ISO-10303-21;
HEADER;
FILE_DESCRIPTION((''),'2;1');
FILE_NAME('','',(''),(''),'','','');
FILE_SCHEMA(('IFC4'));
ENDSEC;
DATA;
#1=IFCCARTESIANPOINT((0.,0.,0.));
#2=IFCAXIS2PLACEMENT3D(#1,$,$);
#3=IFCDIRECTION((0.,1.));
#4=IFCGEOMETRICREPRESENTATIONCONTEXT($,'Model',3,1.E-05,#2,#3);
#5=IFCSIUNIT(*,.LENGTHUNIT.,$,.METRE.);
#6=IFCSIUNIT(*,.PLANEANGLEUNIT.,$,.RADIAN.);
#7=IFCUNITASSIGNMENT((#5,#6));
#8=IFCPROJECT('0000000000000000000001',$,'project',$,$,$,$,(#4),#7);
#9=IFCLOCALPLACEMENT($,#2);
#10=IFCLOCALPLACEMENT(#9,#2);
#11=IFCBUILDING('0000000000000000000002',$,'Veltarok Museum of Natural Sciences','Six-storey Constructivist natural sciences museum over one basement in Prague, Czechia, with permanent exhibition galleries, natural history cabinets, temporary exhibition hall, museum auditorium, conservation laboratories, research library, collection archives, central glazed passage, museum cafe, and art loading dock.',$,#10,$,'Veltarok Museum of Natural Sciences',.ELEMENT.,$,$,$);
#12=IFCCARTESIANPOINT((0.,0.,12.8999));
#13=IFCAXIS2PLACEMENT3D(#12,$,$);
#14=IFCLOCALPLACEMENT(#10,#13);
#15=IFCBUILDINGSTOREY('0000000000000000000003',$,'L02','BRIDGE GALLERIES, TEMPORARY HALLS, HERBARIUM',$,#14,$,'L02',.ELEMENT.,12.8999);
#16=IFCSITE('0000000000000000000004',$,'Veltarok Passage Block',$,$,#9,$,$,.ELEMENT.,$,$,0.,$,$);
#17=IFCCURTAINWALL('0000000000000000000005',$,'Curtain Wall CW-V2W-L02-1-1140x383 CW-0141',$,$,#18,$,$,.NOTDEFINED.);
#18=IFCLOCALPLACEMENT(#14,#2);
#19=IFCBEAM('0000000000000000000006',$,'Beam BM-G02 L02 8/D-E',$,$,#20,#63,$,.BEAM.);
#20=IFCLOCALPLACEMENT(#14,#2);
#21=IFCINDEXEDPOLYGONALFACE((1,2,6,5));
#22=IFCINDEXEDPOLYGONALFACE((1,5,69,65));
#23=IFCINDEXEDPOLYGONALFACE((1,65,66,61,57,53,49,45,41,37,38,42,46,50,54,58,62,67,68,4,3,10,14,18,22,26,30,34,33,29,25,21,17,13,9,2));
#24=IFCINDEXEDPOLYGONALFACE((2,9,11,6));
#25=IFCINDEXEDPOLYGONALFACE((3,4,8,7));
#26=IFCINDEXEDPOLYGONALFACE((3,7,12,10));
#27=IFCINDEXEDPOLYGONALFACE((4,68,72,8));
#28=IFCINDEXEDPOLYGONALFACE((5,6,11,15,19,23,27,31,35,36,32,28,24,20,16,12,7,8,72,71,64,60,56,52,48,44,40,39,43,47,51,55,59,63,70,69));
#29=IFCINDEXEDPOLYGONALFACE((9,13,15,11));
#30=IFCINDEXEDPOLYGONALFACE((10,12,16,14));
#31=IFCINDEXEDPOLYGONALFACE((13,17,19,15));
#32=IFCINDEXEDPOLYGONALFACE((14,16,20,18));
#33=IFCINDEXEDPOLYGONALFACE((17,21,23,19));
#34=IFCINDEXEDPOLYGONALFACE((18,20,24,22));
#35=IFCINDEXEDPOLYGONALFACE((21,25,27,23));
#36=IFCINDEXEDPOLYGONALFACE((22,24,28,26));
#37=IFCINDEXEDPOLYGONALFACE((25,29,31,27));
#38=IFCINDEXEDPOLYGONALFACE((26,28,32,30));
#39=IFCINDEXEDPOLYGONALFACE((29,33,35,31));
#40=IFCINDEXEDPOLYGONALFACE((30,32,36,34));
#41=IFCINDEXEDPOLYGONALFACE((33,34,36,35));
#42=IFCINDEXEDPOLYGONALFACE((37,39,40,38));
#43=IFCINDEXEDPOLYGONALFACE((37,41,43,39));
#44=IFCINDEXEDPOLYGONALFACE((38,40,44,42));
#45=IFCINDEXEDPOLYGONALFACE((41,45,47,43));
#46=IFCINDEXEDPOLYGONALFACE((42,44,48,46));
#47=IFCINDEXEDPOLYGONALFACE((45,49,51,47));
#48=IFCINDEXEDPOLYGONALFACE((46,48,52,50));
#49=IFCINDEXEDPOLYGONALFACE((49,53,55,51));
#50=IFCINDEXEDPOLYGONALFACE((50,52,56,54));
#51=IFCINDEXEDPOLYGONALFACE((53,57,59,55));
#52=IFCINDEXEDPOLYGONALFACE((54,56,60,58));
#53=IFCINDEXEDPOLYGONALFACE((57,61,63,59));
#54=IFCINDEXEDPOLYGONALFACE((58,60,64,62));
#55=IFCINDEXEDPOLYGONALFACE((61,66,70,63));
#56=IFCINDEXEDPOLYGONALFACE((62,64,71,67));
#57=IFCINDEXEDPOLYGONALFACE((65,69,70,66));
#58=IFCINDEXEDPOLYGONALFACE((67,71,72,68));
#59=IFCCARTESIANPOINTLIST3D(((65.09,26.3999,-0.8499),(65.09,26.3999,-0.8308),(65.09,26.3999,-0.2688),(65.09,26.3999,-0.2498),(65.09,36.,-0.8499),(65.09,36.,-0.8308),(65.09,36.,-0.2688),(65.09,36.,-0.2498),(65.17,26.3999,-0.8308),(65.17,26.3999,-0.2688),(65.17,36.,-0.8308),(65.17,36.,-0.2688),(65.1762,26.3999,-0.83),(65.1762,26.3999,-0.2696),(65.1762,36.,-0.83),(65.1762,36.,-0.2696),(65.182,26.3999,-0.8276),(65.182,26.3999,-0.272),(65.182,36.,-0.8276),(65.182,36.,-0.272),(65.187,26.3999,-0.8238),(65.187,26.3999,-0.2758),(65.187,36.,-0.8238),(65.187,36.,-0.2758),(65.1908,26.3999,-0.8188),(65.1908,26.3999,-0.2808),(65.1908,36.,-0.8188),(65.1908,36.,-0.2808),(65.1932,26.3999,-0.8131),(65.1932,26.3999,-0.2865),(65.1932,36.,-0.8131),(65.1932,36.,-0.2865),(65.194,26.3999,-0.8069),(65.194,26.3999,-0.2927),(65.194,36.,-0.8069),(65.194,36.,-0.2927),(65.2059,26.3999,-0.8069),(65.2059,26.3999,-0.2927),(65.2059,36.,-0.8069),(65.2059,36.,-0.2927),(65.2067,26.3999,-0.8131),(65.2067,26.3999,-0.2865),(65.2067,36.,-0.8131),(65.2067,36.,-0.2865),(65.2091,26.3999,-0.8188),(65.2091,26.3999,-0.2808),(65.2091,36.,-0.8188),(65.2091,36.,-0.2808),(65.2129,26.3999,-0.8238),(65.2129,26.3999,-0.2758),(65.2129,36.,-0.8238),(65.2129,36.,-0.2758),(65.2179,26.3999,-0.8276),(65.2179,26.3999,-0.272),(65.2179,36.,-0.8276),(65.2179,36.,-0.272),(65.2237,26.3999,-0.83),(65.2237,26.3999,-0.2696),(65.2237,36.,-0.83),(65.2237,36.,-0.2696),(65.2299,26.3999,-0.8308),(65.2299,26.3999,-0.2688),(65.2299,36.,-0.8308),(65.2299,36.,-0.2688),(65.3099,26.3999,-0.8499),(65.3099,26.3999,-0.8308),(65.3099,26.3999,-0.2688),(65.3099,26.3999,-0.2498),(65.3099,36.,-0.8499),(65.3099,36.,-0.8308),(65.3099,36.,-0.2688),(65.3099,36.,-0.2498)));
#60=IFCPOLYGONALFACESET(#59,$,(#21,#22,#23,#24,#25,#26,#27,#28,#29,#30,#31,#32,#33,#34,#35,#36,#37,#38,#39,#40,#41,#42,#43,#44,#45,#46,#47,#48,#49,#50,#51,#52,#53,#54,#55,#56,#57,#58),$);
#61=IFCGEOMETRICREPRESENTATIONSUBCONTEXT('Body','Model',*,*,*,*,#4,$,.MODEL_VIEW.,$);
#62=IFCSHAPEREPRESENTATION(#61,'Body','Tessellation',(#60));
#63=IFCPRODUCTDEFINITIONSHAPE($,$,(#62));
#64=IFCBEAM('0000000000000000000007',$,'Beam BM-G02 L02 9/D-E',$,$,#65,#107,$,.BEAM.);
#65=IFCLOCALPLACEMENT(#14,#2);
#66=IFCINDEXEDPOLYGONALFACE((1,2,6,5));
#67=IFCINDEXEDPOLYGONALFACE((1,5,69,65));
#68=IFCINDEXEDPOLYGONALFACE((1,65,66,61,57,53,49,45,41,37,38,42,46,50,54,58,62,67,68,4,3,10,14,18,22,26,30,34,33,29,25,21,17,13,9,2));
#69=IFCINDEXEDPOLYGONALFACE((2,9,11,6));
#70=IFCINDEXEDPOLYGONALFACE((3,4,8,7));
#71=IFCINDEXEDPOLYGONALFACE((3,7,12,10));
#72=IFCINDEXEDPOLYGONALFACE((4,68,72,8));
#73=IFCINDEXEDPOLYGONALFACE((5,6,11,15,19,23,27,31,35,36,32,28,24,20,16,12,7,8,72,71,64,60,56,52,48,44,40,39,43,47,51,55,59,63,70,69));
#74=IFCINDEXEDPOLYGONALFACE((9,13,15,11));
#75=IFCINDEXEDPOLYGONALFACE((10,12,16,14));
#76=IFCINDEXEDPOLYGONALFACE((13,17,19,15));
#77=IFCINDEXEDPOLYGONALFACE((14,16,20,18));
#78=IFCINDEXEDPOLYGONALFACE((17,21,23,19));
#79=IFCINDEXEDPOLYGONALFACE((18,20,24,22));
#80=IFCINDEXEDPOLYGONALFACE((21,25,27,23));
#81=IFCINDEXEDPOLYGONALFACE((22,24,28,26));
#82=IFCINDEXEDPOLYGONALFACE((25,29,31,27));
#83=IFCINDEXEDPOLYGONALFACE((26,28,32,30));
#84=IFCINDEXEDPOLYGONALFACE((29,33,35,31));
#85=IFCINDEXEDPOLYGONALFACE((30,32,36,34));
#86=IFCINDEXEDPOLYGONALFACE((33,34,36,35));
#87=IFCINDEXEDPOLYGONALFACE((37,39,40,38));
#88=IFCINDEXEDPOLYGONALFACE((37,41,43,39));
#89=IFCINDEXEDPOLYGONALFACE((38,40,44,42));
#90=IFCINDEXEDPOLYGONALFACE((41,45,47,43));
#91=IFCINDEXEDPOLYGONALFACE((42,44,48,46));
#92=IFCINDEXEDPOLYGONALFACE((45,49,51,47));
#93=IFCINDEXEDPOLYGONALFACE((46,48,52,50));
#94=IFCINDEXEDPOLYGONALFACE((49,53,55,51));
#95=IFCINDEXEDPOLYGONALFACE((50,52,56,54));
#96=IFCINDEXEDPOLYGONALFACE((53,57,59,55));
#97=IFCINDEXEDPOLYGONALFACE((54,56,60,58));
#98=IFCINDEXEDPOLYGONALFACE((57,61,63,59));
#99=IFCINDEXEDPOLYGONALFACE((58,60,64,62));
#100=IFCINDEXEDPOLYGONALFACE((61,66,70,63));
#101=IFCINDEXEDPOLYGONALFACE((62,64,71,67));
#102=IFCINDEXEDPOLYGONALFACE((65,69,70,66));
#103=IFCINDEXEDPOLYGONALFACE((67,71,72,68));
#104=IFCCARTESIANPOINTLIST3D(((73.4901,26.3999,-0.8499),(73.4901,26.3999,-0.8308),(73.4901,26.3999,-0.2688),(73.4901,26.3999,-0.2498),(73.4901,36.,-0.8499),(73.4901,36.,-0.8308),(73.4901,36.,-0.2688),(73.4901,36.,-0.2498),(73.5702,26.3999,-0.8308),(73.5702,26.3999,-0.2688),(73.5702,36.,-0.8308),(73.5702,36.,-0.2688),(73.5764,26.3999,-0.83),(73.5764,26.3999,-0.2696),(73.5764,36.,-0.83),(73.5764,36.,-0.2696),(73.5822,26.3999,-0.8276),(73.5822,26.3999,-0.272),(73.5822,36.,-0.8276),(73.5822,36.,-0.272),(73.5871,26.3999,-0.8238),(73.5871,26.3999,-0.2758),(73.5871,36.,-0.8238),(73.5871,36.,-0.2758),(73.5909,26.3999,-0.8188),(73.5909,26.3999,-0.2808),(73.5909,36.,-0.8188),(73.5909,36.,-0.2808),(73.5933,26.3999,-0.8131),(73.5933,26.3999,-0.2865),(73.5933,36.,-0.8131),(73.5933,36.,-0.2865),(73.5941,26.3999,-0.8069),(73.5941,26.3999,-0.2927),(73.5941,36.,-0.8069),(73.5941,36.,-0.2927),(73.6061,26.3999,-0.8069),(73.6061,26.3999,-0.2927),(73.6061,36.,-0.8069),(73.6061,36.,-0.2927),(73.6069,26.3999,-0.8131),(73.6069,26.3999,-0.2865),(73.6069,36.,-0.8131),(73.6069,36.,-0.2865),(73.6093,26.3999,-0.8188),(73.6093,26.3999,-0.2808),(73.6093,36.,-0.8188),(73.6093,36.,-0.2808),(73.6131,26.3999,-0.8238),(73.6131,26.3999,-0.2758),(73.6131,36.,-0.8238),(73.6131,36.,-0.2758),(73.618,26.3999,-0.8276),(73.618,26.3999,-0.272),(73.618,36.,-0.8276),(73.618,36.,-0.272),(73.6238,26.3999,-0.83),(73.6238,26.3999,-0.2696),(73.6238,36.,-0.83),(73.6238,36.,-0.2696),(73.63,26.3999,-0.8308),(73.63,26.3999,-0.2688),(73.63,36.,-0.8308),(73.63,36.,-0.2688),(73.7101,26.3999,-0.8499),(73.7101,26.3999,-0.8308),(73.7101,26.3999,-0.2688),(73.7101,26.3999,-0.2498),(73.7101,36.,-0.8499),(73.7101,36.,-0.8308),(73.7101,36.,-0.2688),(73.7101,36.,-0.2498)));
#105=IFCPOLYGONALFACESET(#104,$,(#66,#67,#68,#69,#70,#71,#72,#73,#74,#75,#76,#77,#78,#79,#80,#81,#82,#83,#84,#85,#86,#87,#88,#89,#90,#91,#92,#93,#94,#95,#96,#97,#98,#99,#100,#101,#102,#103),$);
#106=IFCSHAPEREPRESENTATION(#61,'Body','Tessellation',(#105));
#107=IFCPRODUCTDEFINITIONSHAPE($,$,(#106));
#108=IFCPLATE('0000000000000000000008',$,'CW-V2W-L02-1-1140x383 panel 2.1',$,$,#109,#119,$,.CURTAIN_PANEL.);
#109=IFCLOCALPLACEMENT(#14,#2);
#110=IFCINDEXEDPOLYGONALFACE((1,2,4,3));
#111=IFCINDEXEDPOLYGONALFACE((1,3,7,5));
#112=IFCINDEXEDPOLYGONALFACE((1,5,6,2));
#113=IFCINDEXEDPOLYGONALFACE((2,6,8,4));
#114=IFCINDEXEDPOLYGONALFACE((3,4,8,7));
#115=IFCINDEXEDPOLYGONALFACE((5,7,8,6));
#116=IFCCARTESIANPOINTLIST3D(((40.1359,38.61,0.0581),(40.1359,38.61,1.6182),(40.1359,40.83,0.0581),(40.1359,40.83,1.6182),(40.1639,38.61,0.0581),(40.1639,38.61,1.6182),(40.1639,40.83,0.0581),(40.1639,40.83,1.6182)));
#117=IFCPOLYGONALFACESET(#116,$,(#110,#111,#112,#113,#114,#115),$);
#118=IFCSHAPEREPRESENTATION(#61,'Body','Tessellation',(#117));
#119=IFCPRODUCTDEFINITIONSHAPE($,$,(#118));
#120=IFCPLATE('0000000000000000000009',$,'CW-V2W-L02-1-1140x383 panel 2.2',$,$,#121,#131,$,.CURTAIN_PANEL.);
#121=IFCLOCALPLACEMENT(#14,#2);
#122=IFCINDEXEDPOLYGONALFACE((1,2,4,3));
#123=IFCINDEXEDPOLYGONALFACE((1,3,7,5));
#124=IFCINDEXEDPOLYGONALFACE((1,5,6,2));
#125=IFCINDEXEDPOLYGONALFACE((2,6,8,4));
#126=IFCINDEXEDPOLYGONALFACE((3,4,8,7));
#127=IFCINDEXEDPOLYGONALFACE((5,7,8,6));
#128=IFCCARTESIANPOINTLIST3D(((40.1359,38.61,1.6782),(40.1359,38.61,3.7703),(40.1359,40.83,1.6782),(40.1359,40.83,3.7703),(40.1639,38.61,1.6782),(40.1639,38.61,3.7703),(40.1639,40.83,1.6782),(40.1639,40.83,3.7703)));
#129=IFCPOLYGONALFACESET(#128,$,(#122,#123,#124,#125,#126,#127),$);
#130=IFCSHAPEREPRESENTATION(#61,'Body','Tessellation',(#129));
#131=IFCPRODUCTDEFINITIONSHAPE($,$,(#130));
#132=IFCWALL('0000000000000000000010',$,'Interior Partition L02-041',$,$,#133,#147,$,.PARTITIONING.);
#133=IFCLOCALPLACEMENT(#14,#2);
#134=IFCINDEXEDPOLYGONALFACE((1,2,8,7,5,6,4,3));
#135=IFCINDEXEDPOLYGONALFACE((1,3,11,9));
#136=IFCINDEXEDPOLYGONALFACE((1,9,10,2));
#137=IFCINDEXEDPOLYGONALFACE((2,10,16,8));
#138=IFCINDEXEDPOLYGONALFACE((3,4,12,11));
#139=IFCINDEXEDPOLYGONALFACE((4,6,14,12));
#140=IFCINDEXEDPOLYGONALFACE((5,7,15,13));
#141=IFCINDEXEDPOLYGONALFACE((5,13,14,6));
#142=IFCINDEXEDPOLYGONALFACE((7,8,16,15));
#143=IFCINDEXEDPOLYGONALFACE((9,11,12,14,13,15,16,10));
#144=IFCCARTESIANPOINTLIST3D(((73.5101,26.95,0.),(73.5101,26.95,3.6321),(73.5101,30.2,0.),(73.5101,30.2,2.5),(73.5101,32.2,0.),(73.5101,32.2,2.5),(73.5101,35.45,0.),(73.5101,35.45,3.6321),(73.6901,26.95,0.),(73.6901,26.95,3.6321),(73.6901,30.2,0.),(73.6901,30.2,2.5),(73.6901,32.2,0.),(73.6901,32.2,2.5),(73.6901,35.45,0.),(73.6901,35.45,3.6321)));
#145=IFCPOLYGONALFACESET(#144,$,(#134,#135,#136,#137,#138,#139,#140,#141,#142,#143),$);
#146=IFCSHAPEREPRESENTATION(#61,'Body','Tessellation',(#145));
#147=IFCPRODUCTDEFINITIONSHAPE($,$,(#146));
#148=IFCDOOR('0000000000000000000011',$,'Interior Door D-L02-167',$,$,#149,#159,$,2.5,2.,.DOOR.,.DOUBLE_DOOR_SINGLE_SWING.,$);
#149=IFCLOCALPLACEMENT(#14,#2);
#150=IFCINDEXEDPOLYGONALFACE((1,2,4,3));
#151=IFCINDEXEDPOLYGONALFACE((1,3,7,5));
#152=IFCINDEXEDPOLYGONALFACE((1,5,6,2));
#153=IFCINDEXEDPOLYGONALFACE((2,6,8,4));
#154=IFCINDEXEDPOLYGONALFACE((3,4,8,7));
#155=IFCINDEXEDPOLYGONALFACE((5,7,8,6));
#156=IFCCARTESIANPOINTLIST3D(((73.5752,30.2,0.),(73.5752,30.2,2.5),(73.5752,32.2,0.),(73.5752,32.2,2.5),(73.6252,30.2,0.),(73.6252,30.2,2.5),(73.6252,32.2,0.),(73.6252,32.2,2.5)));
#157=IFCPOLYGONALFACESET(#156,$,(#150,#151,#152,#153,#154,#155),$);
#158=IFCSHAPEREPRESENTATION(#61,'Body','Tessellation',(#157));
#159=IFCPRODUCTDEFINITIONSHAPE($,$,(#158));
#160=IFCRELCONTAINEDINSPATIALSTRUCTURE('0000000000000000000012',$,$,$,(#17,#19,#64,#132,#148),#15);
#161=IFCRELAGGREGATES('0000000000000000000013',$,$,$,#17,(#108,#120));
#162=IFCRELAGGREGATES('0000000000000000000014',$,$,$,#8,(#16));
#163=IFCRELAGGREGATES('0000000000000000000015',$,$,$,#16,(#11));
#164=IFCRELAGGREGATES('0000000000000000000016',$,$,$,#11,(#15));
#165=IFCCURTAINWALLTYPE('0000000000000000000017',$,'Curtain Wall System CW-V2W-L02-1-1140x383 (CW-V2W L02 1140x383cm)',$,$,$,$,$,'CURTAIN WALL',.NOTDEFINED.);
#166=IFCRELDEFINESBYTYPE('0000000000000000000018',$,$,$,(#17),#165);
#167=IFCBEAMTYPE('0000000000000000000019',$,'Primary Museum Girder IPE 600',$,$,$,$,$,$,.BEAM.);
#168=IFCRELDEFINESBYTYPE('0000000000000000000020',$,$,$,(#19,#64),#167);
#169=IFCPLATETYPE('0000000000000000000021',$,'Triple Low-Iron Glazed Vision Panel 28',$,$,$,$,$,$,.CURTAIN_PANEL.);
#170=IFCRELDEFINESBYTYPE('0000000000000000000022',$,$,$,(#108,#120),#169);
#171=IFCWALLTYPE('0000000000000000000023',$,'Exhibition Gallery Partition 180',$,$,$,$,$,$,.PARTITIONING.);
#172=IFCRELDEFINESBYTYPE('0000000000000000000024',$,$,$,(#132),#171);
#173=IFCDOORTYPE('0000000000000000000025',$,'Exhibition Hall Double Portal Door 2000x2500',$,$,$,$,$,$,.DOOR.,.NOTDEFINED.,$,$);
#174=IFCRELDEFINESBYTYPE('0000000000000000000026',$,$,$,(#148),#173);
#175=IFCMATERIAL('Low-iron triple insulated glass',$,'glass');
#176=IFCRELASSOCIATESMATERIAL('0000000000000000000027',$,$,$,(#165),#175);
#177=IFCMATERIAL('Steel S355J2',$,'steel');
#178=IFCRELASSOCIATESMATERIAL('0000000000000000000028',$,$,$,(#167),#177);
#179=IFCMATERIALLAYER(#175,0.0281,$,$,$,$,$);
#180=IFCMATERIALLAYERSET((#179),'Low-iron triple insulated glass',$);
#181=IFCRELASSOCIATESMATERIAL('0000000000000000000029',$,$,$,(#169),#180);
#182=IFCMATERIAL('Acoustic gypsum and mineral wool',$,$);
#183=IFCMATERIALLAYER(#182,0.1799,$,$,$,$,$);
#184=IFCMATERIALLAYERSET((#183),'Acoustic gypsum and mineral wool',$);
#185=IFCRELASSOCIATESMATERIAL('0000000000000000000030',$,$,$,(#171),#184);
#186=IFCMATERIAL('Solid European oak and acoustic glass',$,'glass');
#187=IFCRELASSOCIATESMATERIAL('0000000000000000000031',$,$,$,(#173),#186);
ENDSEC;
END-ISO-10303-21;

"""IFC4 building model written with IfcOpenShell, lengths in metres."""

from ifc_helpers import new_model, si_unit, direction, frame, frame_2d, origin, origin_2d, place, context, subcontext, project, spatial, rectangle, i_section, extrude, material, layer, layer_set, material_profile, profile_set, type_object, element, fill, aggregate, save


model = new_model("IFC4")

# Units and contexts
model_context = context("Model", 3, precision=1e-05, world=origin(), true_north=direction((0.0, 1.0)))
body_context = subcontext(model_context, "Body", "Model", "MODEL_VIEW")
ifc_project = project(units=[si_unit("LENGTHUNIT", "METRE"), si_unit("PLANEANGLEUNIT", "RADIAN")], contexts=[model_context])

# Site, building, storey
site_placement = place(None, origin())
site = spatial("IfcSite", under=ifc_project, at=site_placement, Name="Veltarok Passage Block", CompositionType="ELEMENT", RefElevation=0.0)
building_placement = place(site_placement, origin())
building = spatial("IfcBuilding", under=site, at=building_placement, Name="Veltarok Museum of Natural Sciences", Description="Six-storey Constructivist natural sciences museum over one basement in Prague, Czechia, with permanent exhibition galleries, natural history cabinets, temporary exhibition hall, museum auditorium, conservation laboratories, research library, collection archives, central glazed passage, museum cafe, and art loading dock.", LongName="Veltarok Museum of Natural Sciences", CompositionType="ELEMENT")
storey_placement = place(building_placement, frame((0.0, 0.0, 12.8999)))
storey = spatial("IfcBuildingStorey", under=building, at=storey_placement, Name="L02", Description="BRIDGE GALLERIES, TEMPORARY HALLS, HERBARIUM", LongName="L02", CompositionType="ELEMENT", Elevation=12.8999)

# Shared definitions
ifc_material_1 = material(Name="Steel S355J2", Category="steel")

# Curtain wall
ifc_material_2 = material(Name="Low-iron triple insulated glass", Category="glass")
curtain_wall_type = type_object("IfcCurtainWallType", Name="Curtain Wall System CW-V2W-L02-1-1140x383 (CW-V2W L02 1140x383cm)", ElementType="CURTAIN WALL", PredefinedType="NOTDEFINED", material=ifc_material_2)
curtain_wall_placement = place(storey_placement, origin())
curtain_wall = element("IfcCurtainWall", 1, at=curtain_wall_placement, inside=storey, type_object=curtain_wall_type, Name="Curtain Wall CW-V2W-L02-1-1140x383 CW-0141", PredefinedType="NOTDEFINED")

# Beams
ifc_material_profile_1 = material_profile(ifc_material_1, i_section(OverallWidth=0.22, OverallDepth=0.6001, WebThickness=0.012, FlangeThickness=0.019, FilletRadius=0.0239, at=origin_2d()), Name="IPE 600")
ifc_profile_set_1 = profile_set([ifc_material_profile_1], Name="Steel S355J2")
beam_type_1 = type_object("IfcBeamType", Name="Primary Museum Girder IPE 600", PredefinedType="BEAM", material=ifc_profile_set_1)
for number, where, z_axis, x_axis, name in (
    (2, (65.2, 26.3999, -0.5498), (0.0, 1.0, 0.0), (-1.0, 0.0, 0.0), "Beam BM-G02 L02 8/D-E"),
    (3, (73.6001, 26.3999, -0.5498), (0.0, 1.0, 0.0), (-1.0, 0.0, 0.0), "Beam BM-G02 L02 9/D-E"),
):
    element("IfcBeam", number, at=place(storey_placement, frame(where, z_axis=z_axis, x_axis=x_axis)), inside=storey, type_object=beam_type_1, Name=name, PredefinedType="BEAM", context=body_context, shape_type="SweptSolid", body=[
        extrude(i_section(OverallWidth=0.22, OverallDepth=0.6001, WebThickness=0.012, FlangeThickness=0.019, FilletRadius=0.0239, at=origin_2d()), origin(), (0.0, 0.0, 1.0), 9.6001),
    ])

# Plates
ifc_layer_1 = layer(ifc_material_2, 0.0281)
ifc_layer_set_1 = layer_set([ifc_layer_1], Name="Low-iron triple insulated glass")
plate_type = type_object("IfcPlateType", Name="Triple Low-Iron Glazed Vision Panel 28", PredefinedType="CURTAIN_PANEL", material=ifc_layer_set_1)
plate_1_placement = place(storey_placement, frame((40.1499, 39.72, 0.0581), z_axis=(0.0, 0.0, 1.0), x_axis=(0.0, 1.0, 0.0)))
plate_1 = element("IfcPlate", 4, at=plate_1_placement, type_object=plate_type, Name="CW-V2W-L02-1-1140x383 panel 2.1", PredefinedType="CURTAIN_PANEL", context=body_context, shape_type="SweptSolid", body=[
    extrude(rectangle(XDim=2.22, YDim=0.0281, at=origin_2d()), origin(), (0.0, 0.0, 1.0), 1.5601),
])
plate_2_placement = place(storey_placement, frame((40.1499, 39.72, 1.6782), z_axis=(0.0, 0.0, 1.0), x_axis=(0.0, 1.0, 0.0)))
plate_2 = element("IfcPlate", 5, at=plate_2_placement, type_object=plate_type, Name="CW-V2W-L02-1-1140x383 panel 2.2", PredefinedType="CURTAIN_PANEL", context=body_context, shape_type="SweptSolid", body=[
    extrude(rectangle(XDim=2.22, YDim=0.0281, at=origin_2d()), origin(), (0.0, 0.0, 1.0), 2.092),
])
aggregate(curtain_wall, [plate_1, plate_2])

# Wall, opening, door
ifc_material_3 = material(Name="Acoustic gypsum and mineral wool")
ifc_layer_2 = layer(ifc_material_3, 0.1799)
ifc_layer_set_2 = layer_set([ifc_layer_2], Name="Acoustic gypsum and mineral wool")
wall_type = type_object("IfcWallType", Name="Exhibition Gallery Partition 180", PredefinedType="PARTITIONING", material=ifc_layer_set_2)
wall_placement = place(storey_placement, frame((73.6001, 26.95, 0.0), z_axis=(0.0, 0.0, 1.0), x_axis=(0.0, 1.0, 0.0)))
wall = element("IfcWall", 6, at=wall_placement, inside=storey, type_object=wall_type, Name="Interior Partition L02-041", PredefinedType="PARTITIONING", context=body_context, shape_type="SweptSolid", body=[
    extrude(rectangle(XDim=8.5, YDim=0.1799, at=frame_2d((4.25, 0.0))), origin(), (0.0, 0.0, 1.0), 3.6321),
])
opening_placement = place(wall_placement, frame((3.25, 0.0, 0.0)))
opening = element("IfcOpeningElement", 7, at=opening_placement, cuts=wall, PredefinedType="OPENING", context=body_context, shape_type="SweptSolid", body=[
    extrude(rectangle(XDim=2.0, YDim=2.5, at=frame_2d((1.0, 1.25))), frame((0.0, 0.1001, 0.0), z_axis=(0.0, -1.0, 0.0), x_axis=(1.0, 0.0, 0.0)), (0.0, 0.0, 1.0), 0.2),
])
ifc_material_4 = material(Name="Solid European oak and acoustic glass", Category="glass")
door_type = type_object("IfcDoorType", Name="Exhibition Hall Double Portal Door 2000x2500", OperationType="NOTDEFINED", PredefinedType="DOOR", material=ifc_material_4)
door_placement = place(opening_placement, origin())
door = element("IfcDoor", 8, at=door_placement, inside=storey, type_object=door_type, Name="Interior Door D-L02-167", OperationType="DOUBLE_DOOR_SINGLE_SWING", OverallHeight=2.5, OverallWidth=2.0, PredefinedType="DOOR", context=body_context, shape_type="SweptSolid", body=[
    extrude(rectangle(XDim=2.0, YDim=2.5, at=frame_2d((1.0, 1.25))), frame((0.0, 0.0249, 0.0), z_axis=(0.0, -1.0, 0.0), x_axis=(1.0, 0.0, 0.0)), (0.0, 0.0, 1.0), 0.05),
])
fill(opening, door)

save(model, "model.ifc")
